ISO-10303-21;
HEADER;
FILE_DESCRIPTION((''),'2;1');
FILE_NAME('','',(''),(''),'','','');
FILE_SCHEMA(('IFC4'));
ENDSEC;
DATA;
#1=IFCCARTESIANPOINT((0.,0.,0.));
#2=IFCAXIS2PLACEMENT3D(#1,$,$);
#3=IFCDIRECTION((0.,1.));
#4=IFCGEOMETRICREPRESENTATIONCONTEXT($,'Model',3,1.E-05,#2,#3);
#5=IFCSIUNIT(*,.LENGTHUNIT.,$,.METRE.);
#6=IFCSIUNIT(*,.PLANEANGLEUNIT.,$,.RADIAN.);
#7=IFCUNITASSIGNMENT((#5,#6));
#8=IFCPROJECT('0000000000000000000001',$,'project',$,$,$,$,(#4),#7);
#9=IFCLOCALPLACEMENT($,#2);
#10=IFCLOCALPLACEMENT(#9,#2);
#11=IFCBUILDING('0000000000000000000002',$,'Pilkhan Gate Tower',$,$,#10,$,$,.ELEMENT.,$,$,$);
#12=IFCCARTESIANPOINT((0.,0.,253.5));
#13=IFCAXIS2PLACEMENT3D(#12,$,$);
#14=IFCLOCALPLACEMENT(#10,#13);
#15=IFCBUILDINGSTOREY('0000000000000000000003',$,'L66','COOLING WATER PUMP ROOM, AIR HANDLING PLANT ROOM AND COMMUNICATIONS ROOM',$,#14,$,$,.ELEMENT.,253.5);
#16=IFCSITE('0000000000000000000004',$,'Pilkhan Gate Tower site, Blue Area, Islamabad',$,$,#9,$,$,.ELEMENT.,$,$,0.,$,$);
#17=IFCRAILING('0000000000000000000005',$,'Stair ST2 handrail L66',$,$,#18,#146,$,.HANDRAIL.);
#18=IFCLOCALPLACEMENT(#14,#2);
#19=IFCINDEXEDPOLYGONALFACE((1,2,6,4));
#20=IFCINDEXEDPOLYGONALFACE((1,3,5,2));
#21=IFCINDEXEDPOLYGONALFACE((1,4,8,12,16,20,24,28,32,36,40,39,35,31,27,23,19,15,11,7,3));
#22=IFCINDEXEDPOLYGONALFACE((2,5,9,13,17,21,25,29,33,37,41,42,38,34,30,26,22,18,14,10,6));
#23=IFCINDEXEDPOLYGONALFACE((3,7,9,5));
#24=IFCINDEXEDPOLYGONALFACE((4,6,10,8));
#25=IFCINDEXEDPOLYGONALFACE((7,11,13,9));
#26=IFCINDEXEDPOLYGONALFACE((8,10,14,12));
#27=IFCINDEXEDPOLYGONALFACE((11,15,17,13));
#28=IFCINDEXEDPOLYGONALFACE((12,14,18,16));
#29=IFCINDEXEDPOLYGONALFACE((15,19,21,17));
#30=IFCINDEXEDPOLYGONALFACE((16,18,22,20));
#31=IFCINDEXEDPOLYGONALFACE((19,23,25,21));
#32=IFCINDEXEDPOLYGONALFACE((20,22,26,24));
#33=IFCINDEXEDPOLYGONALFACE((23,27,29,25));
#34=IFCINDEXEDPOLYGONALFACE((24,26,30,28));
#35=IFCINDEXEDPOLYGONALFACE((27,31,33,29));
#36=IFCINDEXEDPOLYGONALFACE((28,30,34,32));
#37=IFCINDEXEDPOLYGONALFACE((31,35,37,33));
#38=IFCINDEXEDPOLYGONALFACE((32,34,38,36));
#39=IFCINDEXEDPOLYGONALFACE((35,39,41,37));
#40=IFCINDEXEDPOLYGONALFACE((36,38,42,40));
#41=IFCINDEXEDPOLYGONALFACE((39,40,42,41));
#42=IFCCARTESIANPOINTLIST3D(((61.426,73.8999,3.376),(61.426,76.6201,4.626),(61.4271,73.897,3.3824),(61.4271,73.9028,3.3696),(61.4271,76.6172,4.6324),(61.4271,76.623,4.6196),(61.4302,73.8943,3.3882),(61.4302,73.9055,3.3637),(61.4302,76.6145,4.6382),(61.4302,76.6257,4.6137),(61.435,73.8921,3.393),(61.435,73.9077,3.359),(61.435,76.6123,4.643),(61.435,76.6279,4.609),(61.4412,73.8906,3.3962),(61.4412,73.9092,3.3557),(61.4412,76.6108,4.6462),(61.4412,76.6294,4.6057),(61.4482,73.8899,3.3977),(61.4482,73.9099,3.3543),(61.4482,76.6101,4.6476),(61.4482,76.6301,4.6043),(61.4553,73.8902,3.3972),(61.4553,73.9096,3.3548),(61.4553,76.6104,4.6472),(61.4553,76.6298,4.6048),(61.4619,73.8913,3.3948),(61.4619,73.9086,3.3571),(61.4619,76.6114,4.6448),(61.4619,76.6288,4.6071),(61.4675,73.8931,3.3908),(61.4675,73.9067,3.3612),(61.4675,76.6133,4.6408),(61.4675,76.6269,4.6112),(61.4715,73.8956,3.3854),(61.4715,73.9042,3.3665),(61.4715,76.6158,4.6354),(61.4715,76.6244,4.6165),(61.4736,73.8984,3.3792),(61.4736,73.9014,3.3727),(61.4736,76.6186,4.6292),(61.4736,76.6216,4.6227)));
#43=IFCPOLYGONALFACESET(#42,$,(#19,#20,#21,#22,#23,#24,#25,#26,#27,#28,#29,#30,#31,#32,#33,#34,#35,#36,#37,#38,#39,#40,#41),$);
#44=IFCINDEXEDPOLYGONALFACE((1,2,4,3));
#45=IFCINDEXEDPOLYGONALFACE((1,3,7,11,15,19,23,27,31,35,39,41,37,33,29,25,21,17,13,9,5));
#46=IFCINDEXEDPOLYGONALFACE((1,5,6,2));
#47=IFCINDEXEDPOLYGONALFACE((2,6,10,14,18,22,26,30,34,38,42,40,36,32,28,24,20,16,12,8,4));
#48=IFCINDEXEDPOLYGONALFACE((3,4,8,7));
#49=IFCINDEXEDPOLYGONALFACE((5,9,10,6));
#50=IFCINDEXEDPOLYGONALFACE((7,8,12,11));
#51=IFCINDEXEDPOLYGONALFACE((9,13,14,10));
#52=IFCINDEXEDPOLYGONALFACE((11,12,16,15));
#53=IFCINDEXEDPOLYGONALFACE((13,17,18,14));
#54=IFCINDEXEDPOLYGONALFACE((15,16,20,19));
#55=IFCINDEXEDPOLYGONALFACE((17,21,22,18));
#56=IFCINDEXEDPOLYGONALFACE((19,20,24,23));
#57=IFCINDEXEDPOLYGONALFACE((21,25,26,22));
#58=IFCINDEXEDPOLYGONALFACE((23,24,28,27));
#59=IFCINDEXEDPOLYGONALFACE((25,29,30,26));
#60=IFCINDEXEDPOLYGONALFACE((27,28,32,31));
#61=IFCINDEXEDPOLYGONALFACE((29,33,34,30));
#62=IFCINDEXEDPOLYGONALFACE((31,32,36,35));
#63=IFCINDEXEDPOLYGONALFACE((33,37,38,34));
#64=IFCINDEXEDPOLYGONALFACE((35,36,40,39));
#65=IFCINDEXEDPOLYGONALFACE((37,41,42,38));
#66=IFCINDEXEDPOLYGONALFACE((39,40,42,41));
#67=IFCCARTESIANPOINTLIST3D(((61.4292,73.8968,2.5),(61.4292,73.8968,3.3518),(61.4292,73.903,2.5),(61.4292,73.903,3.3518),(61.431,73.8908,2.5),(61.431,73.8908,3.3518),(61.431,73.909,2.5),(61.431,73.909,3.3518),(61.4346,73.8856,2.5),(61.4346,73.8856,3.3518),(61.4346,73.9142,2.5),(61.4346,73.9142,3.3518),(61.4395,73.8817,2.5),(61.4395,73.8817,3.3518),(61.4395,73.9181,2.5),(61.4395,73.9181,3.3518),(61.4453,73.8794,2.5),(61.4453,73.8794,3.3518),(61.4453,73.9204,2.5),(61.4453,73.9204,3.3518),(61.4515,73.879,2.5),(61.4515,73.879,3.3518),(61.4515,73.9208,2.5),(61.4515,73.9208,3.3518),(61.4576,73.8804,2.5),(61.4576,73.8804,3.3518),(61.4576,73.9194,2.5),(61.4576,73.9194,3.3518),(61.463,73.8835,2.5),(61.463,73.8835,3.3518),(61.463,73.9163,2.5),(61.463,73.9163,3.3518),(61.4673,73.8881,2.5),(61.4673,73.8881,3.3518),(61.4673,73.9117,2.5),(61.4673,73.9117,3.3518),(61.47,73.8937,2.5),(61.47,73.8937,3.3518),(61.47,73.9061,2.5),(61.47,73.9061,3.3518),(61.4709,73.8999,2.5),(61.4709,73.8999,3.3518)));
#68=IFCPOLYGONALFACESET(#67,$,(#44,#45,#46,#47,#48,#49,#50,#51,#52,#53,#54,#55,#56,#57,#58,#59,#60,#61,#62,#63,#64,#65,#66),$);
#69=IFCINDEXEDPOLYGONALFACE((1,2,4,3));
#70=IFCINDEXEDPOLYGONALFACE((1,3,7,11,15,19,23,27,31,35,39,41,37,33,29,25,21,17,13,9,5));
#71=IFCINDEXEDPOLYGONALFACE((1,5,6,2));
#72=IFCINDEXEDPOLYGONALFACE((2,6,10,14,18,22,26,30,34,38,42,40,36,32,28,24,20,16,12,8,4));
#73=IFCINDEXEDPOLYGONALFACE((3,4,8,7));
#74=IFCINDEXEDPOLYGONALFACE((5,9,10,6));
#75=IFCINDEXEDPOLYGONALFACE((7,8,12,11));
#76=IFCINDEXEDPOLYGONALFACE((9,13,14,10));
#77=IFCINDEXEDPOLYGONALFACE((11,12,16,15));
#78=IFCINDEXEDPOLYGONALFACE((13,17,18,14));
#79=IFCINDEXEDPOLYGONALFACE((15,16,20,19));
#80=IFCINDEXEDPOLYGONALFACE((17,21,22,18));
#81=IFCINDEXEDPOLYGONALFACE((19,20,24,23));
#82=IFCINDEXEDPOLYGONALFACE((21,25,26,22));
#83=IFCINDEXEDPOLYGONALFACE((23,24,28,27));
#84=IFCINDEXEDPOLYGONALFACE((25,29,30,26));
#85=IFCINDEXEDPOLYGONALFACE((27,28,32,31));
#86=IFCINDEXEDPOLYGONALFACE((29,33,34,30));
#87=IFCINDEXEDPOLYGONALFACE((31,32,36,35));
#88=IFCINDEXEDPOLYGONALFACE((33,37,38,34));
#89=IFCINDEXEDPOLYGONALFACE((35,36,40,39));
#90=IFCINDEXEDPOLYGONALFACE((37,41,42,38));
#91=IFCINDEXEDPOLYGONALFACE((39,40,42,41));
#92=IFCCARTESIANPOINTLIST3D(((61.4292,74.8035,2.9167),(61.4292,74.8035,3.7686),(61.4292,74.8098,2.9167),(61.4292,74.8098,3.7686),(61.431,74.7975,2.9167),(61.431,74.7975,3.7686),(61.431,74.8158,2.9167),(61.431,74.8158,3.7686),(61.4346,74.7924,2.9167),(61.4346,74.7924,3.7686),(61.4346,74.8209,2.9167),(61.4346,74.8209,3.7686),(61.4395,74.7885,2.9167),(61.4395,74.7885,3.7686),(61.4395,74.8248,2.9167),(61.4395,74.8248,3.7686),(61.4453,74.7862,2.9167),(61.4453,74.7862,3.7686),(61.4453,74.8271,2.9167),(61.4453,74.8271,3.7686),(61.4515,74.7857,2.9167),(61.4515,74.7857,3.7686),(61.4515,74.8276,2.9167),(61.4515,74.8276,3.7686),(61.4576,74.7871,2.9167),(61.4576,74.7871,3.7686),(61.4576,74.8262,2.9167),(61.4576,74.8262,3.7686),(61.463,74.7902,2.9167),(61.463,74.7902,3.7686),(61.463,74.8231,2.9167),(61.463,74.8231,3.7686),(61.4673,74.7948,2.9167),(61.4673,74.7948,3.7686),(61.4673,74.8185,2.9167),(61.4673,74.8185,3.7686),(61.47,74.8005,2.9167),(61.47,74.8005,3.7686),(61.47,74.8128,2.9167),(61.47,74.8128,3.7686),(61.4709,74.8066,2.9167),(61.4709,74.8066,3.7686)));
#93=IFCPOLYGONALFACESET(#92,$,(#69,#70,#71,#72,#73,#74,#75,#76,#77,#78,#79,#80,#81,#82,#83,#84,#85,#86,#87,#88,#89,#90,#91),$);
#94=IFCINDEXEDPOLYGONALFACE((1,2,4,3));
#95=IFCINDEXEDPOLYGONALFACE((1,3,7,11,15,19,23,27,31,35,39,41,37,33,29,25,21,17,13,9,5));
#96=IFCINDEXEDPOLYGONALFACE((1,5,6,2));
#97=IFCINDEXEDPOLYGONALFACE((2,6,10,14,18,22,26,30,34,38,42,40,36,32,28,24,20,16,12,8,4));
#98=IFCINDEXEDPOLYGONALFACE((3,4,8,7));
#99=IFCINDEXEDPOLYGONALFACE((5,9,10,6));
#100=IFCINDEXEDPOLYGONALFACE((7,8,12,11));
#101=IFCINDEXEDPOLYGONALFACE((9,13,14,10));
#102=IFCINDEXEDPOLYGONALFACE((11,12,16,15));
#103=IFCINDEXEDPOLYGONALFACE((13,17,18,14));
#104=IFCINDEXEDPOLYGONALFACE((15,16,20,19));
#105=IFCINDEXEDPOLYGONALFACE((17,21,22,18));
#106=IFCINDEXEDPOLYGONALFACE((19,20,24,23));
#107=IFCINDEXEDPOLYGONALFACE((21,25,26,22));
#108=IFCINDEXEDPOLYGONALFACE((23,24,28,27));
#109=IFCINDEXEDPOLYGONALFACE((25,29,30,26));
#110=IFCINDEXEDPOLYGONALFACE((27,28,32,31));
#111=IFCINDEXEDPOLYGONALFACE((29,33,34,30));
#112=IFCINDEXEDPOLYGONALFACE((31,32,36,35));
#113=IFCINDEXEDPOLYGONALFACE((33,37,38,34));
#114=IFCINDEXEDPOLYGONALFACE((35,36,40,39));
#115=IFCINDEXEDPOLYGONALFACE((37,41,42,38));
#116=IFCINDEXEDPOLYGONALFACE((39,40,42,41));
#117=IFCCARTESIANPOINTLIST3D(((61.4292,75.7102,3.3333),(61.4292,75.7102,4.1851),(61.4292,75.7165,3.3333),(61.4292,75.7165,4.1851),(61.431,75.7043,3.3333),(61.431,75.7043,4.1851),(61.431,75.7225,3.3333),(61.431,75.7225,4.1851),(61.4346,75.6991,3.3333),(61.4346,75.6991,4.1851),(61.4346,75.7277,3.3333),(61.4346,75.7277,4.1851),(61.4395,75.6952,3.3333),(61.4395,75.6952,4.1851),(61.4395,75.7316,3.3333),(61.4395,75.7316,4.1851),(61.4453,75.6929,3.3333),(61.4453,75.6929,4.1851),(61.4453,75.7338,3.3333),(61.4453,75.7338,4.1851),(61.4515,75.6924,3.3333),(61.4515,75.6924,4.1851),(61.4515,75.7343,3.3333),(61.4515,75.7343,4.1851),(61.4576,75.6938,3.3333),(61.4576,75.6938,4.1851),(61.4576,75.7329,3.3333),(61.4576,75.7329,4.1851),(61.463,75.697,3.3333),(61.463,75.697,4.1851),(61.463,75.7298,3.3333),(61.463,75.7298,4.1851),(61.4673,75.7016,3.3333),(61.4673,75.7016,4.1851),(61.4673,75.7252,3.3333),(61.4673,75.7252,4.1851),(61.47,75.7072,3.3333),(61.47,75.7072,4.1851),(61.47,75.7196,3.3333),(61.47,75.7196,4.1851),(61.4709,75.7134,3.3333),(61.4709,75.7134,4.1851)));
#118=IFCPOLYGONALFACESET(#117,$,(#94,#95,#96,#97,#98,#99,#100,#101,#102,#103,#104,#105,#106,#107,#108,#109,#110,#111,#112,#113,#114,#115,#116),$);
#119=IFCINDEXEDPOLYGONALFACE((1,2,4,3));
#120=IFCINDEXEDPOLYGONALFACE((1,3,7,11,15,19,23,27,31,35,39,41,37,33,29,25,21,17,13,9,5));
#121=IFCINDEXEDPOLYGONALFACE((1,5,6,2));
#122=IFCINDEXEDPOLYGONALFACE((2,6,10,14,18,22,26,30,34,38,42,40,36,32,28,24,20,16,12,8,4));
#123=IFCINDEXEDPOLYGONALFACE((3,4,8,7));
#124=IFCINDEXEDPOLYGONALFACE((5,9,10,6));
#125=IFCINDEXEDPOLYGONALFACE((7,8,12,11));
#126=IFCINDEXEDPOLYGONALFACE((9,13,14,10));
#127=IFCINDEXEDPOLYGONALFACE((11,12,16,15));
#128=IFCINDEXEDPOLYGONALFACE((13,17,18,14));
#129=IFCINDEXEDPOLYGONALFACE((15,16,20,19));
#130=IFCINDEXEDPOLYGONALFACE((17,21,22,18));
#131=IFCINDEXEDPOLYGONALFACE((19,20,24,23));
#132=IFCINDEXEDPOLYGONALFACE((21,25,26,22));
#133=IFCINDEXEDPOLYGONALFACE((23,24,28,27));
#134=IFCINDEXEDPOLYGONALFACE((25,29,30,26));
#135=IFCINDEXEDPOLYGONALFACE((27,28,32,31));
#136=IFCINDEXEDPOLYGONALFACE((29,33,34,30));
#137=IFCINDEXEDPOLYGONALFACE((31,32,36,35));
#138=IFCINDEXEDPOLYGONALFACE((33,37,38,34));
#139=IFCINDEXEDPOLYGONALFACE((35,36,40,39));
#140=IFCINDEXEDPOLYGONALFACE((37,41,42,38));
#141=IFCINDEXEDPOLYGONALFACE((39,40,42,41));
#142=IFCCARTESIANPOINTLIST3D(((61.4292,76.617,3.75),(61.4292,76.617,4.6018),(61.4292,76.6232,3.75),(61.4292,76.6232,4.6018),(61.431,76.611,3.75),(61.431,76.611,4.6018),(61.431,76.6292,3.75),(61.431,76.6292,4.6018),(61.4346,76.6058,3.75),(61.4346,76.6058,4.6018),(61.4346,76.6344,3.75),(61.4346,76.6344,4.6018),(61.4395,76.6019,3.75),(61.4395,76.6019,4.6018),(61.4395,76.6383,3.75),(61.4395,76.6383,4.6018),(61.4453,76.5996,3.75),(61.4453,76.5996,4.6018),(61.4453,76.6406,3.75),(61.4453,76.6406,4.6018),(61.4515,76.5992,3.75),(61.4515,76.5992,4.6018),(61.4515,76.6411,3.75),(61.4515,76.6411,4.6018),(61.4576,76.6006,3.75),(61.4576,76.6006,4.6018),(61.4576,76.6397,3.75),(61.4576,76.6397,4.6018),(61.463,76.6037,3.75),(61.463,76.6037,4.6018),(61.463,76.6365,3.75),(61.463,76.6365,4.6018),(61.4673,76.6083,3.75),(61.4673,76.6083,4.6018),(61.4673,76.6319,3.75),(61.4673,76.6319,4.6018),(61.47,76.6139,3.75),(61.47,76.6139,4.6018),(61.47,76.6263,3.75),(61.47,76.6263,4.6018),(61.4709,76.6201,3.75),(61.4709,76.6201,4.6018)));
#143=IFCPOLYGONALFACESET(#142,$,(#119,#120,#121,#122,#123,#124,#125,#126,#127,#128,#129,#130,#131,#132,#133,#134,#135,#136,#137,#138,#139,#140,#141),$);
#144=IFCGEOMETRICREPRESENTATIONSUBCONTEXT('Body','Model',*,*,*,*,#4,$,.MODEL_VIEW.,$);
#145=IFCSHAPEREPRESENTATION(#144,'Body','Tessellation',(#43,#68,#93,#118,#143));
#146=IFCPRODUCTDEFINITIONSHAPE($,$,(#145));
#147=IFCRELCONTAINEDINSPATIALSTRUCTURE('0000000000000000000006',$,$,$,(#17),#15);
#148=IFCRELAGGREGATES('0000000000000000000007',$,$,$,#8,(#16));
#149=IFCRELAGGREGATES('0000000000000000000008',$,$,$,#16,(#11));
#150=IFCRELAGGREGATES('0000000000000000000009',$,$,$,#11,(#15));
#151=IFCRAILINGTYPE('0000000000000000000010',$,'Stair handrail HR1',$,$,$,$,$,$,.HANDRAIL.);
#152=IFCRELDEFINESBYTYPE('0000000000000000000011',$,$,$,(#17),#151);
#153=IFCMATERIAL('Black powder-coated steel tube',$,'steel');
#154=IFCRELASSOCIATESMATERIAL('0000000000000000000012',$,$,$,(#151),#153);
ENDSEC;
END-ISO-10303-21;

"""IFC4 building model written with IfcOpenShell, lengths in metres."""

from ifc_helpers import new_model, si_unit, direction, frame, origin, origin_2d, place, context, subcontext, project, spatial, circle, extrude, material, type_object, element, save


model = new_model("IFC4")

# Units and contexts
model_context = context("Model", 3, precision=1e-05, world=origin(), true_north=direction((0.0, 1.0)))
body_context = subcontext(model_context, "Body", "Model", "MODEL_VIEW")
ifc_project = project(units=[si_unit("LENGTHUNIT", "METRE"), si_unit("PLANEANGLEUNIT", "RADIAN")], contexts=[model_context])

# Site, building, storey
site_placement = place(None, origin())
site = spatial("IfcSite", under=ifc_project, at=site_placement, Name="Pilkhan Gate Tower site, Blue Area, Islamabad", CompositionType="ELEMENT", RefElevation=0.0)
building_placement = place(site_placement, origin())
building = spatial("IfcBuilding", under=site, at=building_placement, Name="Pilkhan Gate Tower", CompositionType="ELEMENT")
storey_placement = place(building_placement, frame((0.0, 0.0, 253.5)))
storey = spatial("IfcBuildingStorey", under=building, at=storey_placement, Name="L66", Description="COOLING WATER PUMP ROOM, AIR HANDLING PLANT ROOM AND COMMUNICATIONS ROOM", CompositionType="ELEMENT", Elevation=253.5)

# Railing
ifc_material_1 = material(Name="Black powder-coated steel tube", Category="steel")
railing_type_1 = type_object("IfcRailingType", Name="Stair handrail HR1", PredefinedType="HANDRAIL", material=ifc_material_1)
railing_1_placement = place(storey_placement, frame((61.45, 73.8999, 2.5)))
element("IfcRailing", 1, at=railing_1_placement, inside=storey, type_object=railing_type_1, Name="Stair ST2 handrail L66", PredefinedType="HANDRAIL", context=body_context, shape_type="SweptSolid", body=[
    extrude(circle(Radius=0.0239, at=origin_2d()), frame((0.0, 0.0, 0.876), z_axis=(0.0, 0.908655, 0.417547), x_axis=(-1.0, 0.0, 0.0)), (0.0, 0.0, 1.0), 2.9937),
    extrude(circle(Radius=0.021, at=origin_2d()), origin(), (0.0, 0.0, 1.0), 0.8518),
    extrude(circle(Radius=0.021, at=origin_2d()), frame((0.0, 0.9067, 0.4167)), (0.0, 0.0, 1.0), 0.8518),
    extrude(circle(Radius=0.021, at=origin_2d()), frame((0.0, 1.8135, 0.8333)), (0.0, 0.0, 1.0), 0.8518),
    extrude(circle(Radius=0.021, at=origin_2d()), frame((0.0, 2.7202, 1.25)), (0.0, 0.0, 1.0), 0.8518),
])

save(model, "model.ifc")
